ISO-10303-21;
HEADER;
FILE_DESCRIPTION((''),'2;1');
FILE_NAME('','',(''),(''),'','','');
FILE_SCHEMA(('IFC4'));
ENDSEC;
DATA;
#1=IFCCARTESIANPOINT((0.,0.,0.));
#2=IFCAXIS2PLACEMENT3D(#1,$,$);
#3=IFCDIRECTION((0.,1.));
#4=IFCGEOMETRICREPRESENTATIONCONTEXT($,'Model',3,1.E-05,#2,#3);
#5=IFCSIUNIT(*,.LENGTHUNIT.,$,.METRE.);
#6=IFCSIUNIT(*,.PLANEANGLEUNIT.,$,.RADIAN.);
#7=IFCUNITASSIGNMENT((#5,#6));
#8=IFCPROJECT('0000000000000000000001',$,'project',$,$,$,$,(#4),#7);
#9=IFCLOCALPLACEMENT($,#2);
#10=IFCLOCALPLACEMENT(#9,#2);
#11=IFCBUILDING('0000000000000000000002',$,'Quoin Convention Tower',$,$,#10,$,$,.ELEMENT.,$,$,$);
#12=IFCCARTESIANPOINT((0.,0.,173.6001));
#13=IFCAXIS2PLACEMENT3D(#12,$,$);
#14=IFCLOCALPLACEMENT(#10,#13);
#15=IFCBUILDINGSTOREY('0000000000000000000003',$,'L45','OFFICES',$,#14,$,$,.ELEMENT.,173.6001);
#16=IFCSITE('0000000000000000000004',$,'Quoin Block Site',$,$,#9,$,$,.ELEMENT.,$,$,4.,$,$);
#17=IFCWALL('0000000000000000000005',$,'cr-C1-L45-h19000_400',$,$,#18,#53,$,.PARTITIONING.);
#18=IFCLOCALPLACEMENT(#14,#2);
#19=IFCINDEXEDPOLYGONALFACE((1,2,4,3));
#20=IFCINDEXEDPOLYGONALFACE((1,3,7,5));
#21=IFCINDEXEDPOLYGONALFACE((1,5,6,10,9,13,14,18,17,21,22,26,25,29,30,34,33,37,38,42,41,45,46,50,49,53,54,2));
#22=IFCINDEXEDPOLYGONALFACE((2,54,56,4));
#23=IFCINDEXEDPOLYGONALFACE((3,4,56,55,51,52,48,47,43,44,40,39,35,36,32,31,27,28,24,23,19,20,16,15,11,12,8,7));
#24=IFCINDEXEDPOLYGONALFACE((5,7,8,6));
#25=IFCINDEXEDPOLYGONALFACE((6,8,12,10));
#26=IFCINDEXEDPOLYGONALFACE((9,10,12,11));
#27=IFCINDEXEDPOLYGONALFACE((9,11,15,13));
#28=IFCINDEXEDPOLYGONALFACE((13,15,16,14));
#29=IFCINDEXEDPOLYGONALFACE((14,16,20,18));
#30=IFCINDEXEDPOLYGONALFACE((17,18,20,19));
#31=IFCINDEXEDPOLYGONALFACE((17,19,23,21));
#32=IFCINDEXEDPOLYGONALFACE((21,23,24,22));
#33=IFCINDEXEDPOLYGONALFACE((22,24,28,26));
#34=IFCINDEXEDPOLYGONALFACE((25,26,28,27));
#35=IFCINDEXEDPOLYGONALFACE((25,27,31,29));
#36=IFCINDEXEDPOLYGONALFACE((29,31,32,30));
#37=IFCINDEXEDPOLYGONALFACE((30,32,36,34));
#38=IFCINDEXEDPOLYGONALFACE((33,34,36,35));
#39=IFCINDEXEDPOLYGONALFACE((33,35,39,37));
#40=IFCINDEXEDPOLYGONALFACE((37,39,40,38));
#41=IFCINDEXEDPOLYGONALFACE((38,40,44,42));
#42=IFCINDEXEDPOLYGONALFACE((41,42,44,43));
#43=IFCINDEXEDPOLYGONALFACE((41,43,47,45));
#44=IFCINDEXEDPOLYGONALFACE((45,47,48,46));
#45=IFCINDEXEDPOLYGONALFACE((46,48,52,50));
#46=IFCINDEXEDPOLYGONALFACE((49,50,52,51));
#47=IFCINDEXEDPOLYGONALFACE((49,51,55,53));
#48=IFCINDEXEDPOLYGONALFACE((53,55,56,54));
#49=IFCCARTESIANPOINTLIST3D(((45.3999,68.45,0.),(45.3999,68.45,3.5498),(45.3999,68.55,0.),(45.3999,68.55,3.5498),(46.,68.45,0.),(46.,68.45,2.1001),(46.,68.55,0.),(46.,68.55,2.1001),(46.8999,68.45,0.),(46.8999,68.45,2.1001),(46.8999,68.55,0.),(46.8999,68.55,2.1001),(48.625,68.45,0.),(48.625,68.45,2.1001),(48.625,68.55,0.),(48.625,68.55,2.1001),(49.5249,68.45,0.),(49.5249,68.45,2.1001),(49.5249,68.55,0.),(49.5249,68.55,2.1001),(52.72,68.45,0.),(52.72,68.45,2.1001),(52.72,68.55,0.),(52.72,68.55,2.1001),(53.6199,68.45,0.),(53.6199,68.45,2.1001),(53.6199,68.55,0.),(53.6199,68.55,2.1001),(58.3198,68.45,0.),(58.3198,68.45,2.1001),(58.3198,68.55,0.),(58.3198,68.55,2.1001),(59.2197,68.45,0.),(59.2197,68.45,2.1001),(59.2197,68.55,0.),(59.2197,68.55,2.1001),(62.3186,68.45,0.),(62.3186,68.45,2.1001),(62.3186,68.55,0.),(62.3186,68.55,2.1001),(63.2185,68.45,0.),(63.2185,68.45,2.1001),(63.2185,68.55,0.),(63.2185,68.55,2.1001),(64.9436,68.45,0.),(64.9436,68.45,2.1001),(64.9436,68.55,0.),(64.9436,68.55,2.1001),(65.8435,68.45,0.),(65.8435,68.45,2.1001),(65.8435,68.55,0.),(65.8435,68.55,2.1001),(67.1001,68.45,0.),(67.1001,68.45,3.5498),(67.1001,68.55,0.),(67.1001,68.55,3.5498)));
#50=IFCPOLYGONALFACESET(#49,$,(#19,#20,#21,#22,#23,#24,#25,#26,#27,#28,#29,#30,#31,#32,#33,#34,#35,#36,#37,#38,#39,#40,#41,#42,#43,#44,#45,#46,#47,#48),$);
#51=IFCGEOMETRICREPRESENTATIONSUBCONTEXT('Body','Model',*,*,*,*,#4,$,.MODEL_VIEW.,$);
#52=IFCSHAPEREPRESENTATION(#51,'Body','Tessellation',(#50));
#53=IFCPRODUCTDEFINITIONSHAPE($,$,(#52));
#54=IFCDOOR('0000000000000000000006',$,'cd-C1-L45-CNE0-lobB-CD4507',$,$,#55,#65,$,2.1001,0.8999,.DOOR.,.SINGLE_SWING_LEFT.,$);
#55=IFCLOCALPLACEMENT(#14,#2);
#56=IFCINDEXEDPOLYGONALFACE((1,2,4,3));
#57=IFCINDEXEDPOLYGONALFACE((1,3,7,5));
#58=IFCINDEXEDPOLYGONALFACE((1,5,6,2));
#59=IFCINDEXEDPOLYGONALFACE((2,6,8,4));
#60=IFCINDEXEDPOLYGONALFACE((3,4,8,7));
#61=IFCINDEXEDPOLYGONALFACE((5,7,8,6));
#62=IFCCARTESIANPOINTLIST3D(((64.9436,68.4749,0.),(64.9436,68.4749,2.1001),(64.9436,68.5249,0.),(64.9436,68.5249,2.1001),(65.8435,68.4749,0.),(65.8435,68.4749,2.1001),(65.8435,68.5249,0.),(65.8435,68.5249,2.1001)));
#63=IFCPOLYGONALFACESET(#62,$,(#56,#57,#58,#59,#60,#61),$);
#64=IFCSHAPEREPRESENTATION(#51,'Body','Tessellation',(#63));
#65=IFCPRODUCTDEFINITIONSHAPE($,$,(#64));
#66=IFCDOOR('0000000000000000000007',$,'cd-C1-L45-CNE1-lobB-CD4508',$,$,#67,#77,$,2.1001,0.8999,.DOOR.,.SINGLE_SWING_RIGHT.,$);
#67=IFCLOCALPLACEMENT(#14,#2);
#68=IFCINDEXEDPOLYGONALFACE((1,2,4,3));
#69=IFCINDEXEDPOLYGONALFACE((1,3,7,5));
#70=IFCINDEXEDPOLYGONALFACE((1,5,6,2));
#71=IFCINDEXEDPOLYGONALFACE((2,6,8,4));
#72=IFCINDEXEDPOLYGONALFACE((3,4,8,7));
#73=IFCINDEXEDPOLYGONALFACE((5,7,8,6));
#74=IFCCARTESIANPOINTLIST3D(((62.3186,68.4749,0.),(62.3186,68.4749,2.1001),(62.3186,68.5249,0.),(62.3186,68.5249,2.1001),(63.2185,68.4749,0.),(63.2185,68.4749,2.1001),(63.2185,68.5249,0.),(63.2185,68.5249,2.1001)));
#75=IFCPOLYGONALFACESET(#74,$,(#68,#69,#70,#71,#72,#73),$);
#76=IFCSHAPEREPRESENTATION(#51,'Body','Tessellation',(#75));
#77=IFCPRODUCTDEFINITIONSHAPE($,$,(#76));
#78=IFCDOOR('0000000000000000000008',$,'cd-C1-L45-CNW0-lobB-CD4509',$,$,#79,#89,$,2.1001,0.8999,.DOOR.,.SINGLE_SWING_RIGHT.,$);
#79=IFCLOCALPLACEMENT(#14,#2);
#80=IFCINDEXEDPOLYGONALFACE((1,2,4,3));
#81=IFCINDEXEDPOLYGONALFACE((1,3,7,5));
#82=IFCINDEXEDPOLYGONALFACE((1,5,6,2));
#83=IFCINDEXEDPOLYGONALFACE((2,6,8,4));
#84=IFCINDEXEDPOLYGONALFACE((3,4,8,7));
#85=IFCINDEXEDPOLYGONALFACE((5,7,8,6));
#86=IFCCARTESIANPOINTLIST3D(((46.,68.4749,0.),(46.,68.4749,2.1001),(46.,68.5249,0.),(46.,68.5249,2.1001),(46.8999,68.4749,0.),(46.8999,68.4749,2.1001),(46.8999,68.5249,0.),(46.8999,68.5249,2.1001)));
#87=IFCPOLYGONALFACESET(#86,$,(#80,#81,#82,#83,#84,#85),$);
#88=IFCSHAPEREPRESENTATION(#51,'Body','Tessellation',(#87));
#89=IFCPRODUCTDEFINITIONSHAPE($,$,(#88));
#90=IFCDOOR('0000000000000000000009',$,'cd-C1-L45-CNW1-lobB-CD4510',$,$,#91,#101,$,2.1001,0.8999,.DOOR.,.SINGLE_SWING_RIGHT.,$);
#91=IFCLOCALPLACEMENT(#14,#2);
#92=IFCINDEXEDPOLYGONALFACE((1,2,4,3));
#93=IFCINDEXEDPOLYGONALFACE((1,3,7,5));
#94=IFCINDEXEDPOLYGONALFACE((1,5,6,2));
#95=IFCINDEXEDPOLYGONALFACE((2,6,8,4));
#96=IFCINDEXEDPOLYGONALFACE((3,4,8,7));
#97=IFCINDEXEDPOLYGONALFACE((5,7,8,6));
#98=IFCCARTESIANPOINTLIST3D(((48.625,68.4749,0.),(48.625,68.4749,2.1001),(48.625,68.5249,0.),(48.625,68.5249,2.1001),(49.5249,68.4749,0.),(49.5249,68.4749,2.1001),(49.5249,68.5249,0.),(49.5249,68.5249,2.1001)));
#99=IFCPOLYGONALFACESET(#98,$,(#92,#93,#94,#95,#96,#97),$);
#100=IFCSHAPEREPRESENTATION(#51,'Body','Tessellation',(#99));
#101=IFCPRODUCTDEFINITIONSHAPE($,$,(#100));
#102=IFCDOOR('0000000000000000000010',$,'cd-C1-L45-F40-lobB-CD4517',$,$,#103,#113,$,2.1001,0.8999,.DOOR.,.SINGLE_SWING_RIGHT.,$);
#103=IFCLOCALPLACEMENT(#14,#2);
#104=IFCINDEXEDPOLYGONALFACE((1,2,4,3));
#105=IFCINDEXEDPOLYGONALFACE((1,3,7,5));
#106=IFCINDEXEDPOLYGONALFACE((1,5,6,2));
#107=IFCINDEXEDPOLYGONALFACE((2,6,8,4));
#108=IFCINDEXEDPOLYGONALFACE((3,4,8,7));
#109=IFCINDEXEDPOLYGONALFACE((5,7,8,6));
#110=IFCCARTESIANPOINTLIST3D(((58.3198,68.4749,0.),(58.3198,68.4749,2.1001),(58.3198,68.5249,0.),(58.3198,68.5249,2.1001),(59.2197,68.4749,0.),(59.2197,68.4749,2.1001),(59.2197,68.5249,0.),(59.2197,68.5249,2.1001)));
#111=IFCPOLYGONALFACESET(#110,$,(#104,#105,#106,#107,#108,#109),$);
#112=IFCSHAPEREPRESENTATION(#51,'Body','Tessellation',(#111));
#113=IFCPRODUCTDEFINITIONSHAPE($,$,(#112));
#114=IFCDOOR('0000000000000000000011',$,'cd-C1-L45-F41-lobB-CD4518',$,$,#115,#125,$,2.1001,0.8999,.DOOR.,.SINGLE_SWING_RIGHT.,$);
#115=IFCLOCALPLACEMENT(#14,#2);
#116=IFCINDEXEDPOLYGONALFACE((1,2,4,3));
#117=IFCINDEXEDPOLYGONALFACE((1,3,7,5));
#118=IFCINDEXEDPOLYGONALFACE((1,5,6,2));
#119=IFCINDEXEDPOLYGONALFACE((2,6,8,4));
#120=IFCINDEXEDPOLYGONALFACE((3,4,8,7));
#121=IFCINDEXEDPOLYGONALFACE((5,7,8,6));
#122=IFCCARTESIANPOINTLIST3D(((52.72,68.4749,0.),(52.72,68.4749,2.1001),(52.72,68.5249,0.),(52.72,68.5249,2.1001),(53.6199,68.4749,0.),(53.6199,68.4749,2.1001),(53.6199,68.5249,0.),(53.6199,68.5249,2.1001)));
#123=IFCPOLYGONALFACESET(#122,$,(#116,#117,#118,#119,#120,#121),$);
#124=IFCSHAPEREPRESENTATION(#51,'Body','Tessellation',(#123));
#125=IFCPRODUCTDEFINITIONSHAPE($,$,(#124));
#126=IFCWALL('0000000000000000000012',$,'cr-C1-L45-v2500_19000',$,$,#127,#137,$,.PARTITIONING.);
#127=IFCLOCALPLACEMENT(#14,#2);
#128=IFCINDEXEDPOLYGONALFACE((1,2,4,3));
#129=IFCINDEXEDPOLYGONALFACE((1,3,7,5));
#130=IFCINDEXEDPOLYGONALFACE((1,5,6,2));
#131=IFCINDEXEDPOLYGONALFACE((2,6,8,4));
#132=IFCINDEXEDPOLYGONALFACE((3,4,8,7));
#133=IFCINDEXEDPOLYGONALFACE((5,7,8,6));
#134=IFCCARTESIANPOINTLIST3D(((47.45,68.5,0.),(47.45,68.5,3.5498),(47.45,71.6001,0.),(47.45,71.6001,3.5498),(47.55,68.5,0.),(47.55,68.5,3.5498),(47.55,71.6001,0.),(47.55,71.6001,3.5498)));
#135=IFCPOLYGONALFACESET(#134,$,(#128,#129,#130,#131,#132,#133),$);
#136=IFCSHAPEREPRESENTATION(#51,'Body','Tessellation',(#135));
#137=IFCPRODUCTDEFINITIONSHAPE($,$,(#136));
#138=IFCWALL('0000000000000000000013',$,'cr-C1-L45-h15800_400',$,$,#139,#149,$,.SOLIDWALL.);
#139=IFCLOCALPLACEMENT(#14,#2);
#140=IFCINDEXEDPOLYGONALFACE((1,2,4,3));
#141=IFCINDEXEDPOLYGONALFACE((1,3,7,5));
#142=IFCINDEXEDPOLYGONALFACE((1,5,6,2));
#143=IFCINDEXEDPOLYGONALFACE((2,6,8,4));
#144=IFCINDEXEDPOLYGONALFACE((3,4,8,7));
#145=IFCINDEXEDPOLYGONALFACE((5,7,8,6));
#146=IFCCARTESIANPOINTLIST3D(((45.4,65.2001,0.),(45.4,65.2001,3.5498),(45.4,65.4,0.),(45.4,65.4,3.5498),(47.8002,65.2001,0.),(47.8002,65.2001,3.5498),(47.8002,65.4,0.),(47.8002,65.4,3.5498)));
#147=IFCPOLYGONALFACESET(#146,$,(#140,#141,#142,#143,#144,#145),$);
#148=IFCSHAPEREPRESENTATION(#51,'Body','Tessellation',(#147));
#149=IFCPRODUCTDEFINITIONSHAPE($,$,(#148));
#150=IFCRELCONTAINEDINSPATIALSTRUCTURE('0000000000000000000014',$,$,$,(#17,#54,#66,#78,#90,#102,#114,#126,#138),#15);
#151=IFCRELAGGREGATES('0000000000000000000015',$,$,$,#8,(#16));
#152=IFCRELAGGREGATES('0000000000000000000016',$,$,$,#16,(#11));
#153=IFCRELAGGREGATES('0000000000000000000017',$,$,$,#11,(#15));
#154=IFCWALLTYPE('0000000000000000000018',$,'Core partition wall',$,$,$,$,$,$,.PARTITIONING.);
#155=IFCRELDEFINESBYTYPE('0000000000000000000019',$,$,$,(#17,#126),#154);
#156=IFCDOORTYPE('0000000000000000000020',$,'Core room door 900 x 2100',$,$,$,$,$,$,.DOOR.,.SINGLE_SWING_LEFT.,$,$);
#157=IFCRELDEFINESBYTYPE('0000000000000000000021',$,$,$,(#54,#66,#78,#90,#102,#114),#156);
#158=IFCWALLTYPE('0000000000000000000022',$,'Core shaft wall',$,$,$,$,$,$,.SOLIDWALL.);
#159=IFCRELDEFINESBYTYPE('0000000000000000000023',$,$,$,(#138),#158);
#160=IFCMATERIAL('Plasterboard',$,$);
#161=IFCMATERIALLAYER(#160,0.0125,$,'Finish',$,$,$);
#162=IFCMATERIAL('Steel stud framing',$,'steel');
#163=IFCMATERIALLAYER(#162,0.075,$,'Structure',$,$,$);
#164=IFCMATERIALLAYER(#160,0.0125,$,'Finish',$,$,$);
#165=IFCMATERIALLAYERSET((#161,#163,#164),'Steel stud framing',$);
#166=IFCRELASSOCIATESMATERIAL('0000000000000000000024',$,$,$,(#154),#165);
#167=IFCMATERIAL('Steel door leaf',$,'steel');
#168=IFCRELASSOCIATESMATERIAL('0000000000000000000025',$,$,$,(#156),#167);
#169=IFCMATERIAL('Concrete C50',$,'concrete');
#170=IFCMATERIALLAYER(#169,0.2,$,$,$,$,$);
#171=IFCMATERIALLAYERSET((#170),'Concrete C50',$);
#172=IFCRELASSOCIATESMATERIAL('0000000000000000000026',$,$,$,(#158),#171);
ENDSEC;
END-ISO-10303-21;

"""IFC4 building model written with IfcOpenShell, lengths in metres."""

from ifc_helpers import new_model, si_unit, direction, frame, frame_2d, origin, place, context, subcontext, project, spatial, rectangle, extrude, material, layer, layer_set, type_object, element, fill, save


model = new_model("IFC4")

# Units and contexts
model_context = context("Model", 3, precision=1e-05, world=origin(), true_north=direction((0.0, 1.0)))
body_context = subcontext(model_context, "Body", "Model", "MODEL_VIEW")
ifc_project = project(units=[si_unit("LENGTHUNIT", "METRE"), si_unit("PLANEANGLEUNIT", "RADIAN")], contexts=[model_context])

# Site, building, storey
site_placement = place(None, origin())
site = spatial("IfcSite", under=ifc_project, at=site_placement, Name="Quoin Block Site", CompositionType="ELEMENT", RefElevation=4.0)
building_placement = place(site_placement, origin())
building = spatial("IfcBuilding", under=site, at=building_placement, Name="Quoin Convention Tower", CompositionType="ELEMENT")
storey_placement = place(building_placement, frame((0.0, 0.0, 173.6001)))
storey = spatial("IfcBuildingStorey", under=building, at=storey_placement, Name="L45", Description="OFFICES", CompositionType="ELEMENT", Elevation=173.6001)

# Wall, openings, doors
ifc_material_1 = material(Name="Plasterboard")
ifc_layer_1 = layer(ifc_material_1, 0.0125, Name="Finish")
ifc_material_2 = material(Name="Steel stud framing", Category="steel")
ifc_layer_2 = layer(ifc_material_2, 0.075, Name="Structure")
ifc_layer_3 = layer(ifc_material_1, 0.0125, Name="Finish")
ifc_layer_set_1 = layer_set([ifc_layer_1, ifc_layer_2, ifc_layer_3], Name="Steel stud framing")
wall_type_1 = type_object("IfcWallType", Name="Core partition wall", PredefinedType="PARTITIONING", material=ifc_layer_set_1)
wall_1_placement = place(storey_placement, frame((45.3999, 68.5, 0.0), z_axis=(0.0, 0.0, 1.0), x_axis=(1.0, 0.0, 0.0)))
wall_1 = element("IfcWall", 1, at=wall_1_placement, inside=storey, type_object=wall_type_1, Name="cr-C1-L45-h19000_400", PredefinedType="PARTITIONING", context=body_context, shape_type="SweptSolid", body=[
    extrude(rectangle(XDim=21.7002, YDim=0.1001, at=frame_2d((10.8501, 0.0))), origin(), (0.0, 0.0, 1.0), 3.5498),
])
opening_1_placement = place(wall_1_placement, frame((19.5437, 0.0, 0.0)))
opening_1 = element("IfcOpeningElement", 2, at=opening_1_placement, cuts=wall_1, PredefinedType="OPENING", context=body_context, shape_type="SweptSolid", body=[
    extrude(rectangle(XDim=0.8999, YDim=2.1001, at=frame_2d((0.45, 1.05))), frame((0.0, 0.0601, 0.0), z_axis=(0.0, -1.0, 0.0), x_axis=(1.0, 0.0, 0.0)), (0.0, 0.0, 1.0), 0.1201),
])
opening_2_placement = place(wall_1_placement, frame((16.9187, 0.0, 0.0)))
opening_2 = element("IfcOpeningElement", 3, at=opening_2_placement, cuts=wall_1, PredefinedType="OPENING", context=body_context, shape_type="SweptSolid", body=[
    extrude(rectangle(XDim=0.8999, YDim=2.1001, at=frame_2d((0.45, 1.05))), frame((0.0, 0.0601, 0.0), z_axis=(0.0, -1.0, 0.0), x_axis=(1.0, 0.0, 0.0)), (0.0, 0.0, 1.0), 0.1201),
])
opening_3_placement = place(wall_1_placement, frame((0.6001, 0.0, 0.0)))
opening_3 = element("IfcOpeningElement", 4, at=opening_3_placement, cuts=wall_1, PredefinedType="OPENING", context=body_context, shape_type="SweptSolid", body=[
    extrude(rectangle(XDim=0.8999, YDim=2.1001, at=frame_2d((0.45, 1.05))), frame((0.0, 0.0601, 0.0), z_axis=(0.0, -1.0, 0.0), x_axis=(1.0, 0.0, 0.0)), (0.0, 0.0, 1.0), 0.1201),
])
opening_4_placement = place(wall_1_placement, frame((3.2251, 0.0, 0.0)))
opening_4 = element("IfcOpeningElement", 5, at=opening_4_placement, cuts=wall_1, PredefinedType="OPENING", context=body_context, shape_type="SweptSolid", body=[
    extrude(rectangle(XDim=0.8999, YDim=2.1001, at=frame_2d((0.45, 1.05))), frame((0.0, 0.0601, 0.0), z_axis=(0.0, -1.0, 0.0), x_axis=(1.0, 0.0, 0.0)), (0.0, 0.0, 1.0), 0.1201),
])
opening_5_placement = place(wall_1_placement, frame((12.9199, 0.0, 0.0)))
opening_5 = element("IfcOpeningElement", 6, at=opening_5_placement, cuts=wall_1, PredefinedType="OPENING", context=body_context, shape_type="SweptSolid", body=[
    extrude(rectangle(XDim=0.8999, YDim=2.1001, at=frame_2d((0.45, 1.05))), frame((0.0, 0.0601, 0.0), z_axis=(0.0, -1.0, 0.0), x_axis=(1.0, 0.0, 0.0)), (0.0, 0.0, 1.0), 0.1201),
])
opening_6_placement = place(wall_1_placement, frame((7.3201, 0.0, 0.0)))
opening_6 = element("IfcOpeningElement", 7, at=opening_6_placement, cuts=wall_1, PredefinedType="OPENING", context=body_context, shape_type="SweptSolid", body=[
    extrude(rectangle(XDim=0.8999, YDim=2.1001, at=frame_2d((0.45, 1.05))), frame((0.0, 0.0601, 0.0), z_axis=(0.0, -1.0, 0.0), x_axis=(1.0, 0.0, 0.0)), (0.0, 0.0, 1.0), 0.1201),
])
ifc_material_3 = material(Name="Steel door leaf", Category="steel")
door_type_1 = type_object("IfcDoorType", Name="Core room door 900 x 2100", OperationType="SINGLE_SWING_LEFT", PredefinedType="DOOR", material=ifc_material_3)
door_1_placement = place(opening_1_placement, origin())
door_1 = element("IfcDoor", 8, at=door_1_placement, inside=storey, type_object=door_type_1, Name="cd-C1-L45-CNE0-lobB-CD4507", OperationType="SINGLE_SWING_LEFT", OverallHeight=2.1001, OverallWidth=0.8999, PredefinedType="DOOR", context=body_context, shape_type="SweptSolid", body=[
    extrude(rectangle(XDim=0.8999, YDim=2.1001, at=frame_2d((0.45, 1.05))), frame((0.0, 0.0249, 0.0), z_axis=(0.0, -1.0, 0.0), x_axis=(1.0, 0.0, 0.0)), (0.0, 0.0, 1.0), 0.05),
])
fill(opening_1, door_1)
door_2_placement = place(opening_2_placement, origin())
door_2 = element("IfcDoor", 9, at=door_2_placement, inside=storey, type_object=door_type_1, Name="cd-C1-L45-CNE1-lobB-CD4508", OperationType="SINGLE_SWING_RIGHT", OverallHeight=2.1001, OverallWidth=0.8999, PredefinedType="DOOR", context=body_context, shape_type="SweptSolid", body=[
    extrude(rectangle(XDim=0.8999, YDim=2.1001, at=frame_2d((0.45, 1.05))), frame((0.0, 0.0249, 0.0), z_axis=(0.0, -1.0, 0.0), x_axis=(1.0, 0.0, 0.0)), (0.0, 0.0, 1.0), 0.05),
])
fill(opening_2, door_2)
door_3_placement = place(opening_3_placement, origin())
door_3 = element("IfcDoor", 10, at=door_3_placement, inside=storey, type_object=door_type_1, Name="cd-C1-L45-CNW0-lobB-CD4509", OperationType="SINGLE_SWING_RIGHT", OverallHeight=2.1001, OverallWidth=0.8999, PredefinedType="DOOR", context=body_context, shape_type="SweptSolid", body=[
    extrude(rectangle(XDim=0.8999, YDim=2.1001, at=frame_2d((0.45, 1.05))), frame((0.0, 0.0249, 0.0), z_axis=(0.0, -1.0, 0.0), x_axis=(1.0, 0.0, 0.0)), (0.0, 0.0, 1.0), 0.05),
])
fill(opening_3, door_3)
door_4_placement = place(opening_4_placement, origin())
door_4 = element("IfcDoor", 11, at=door_4_placement, inside=storey, type_object=door_type_1, Name="cd-C1-L45-CNW1-lobB-CD4510", OperationType="SINGLE_SWING_RIGHT", OverallHeight=2.1001, OverallWidth=0.8999, PredefinedType="DOOR", context=body_context, shape_type="SweptSolid", body=[
    extrude(rectangle(XDim=0.8999, YDim=2.1001, at=frame_2d((0.45, 1.05))), frame((0.0, 0.0249, 0.0), z_axis=(0.0, -1.0, 0.0), x_axis=(1.0, 0.0, 0.0)), (0.0, 0.0, 1.0), 0.05),
])
fill(opening_4, door_4)
door_5_placement = place(opening_5_placement, origin())
door_5 = element("IfcDoor", 12, at=door_5_placement, inside=storey, type_object=door_type_1, Name="cd-C1-L45-F40-lobB-CD4517", OperationType="SINGLE_SWING_RIGHT", OverallHeight=2.1001, OverallWidth=0.8999, PredefinedType="DOOR", context=body_context, shape_type="SweptSolid", body=[
    extrude(rectangle(XDim=0.8999, YDim=2.1001, at=frame_2d((0.45, 1.05))), frame((0.0, 0.0249, 0.0), z_axis=(0.0, -1.0, 0.0), x_axis=(1.0, 0.0, 0.0)), (0.0, 0.0, 1.0), 0.05),
])
fill(opening_5, door_5)
door_6_placement = place(opening_6_placement, origin())
door_6 = element("IfcDoor", 13, at=door_6_placement, inside=storey, type_object=door_type_1, Name="cd-C1-L45-F41-lobB-CD4518", OperationType="SINGLE_SWING_RIGHT", OverallHeight=2.1001, OverallWidth=0.8999, PredefinedType="DOOR", context=body_context, shape_type="SweptSolid", body=[
    extrude(rectangle(XDim=0.8999, YDim=2.1001, at=frame_2d((0.45, 1.05))), frame((0.0, 0.0249, 0.0), z_axis=(0.0, -1.0, 0.0), x_axis=(1.0, 0.0, 0.0)), (0.0, 0.0, 1.0), 0.05),
])
fill(opening_6, door_6)

# Walls
wall_2_placement = place(storey_placement, frame((47.5, 68.5, 0.0), z_axis=(0.0, 0.0, 1.0), x_axis=(0.0, 1.0, 0.0)))
element("IfcWall", 14, at=wall_2_placement, inside=storey, type_object=wall_type_1, Name="cr-C1-L45-v2500_19000", PredefinedType="PARTITIONING", context=body_context, shape_type="SweptSolid", body=[
    extrude(rectangle(XDim=3.1001, YDim=0.1001, at=frame_2d((1.55, 0.0))), origin(), (0.0, 0.0, 1.0), 3.5498),
])
ifc_material_4 = material(Name="Concrete C50", Category="concrete")
ifc_layer_4 = layer(ifc_material_4, 0.2)
ifc_layer_set_2 = layer_set([ifc_layer_4], Name="Concrete C50")
wall_type_2 = type_object("IfcWallType", Name="Core shaft wall", PredefinedType="SOLIDWALL", material=ifc_layer_set_2)
wall_3_placement = place(storey_placement, frame((45.3999, 65.3, 0.0), z_axis=(0.0, 0.0, 1.0), x_axis=(1.0, 0.0, 0.0)))
element("IfcWall", 15, at=wall_3_placement, inside=storey, type_object=wall_type_2, Name="cr-C1-L45-h15800_400", PredefinedType="SOLIDWALL", context=body_context, shape_type="SweptSolid", body=[
    extrude(rectangle(XDim=2.4001, YDim=0.2, at=frame_2d((1.2002, 0.0))), origin(), (0.0, 0.0, 1.0), 3.5498),
])

save(model, "model.ifc")
